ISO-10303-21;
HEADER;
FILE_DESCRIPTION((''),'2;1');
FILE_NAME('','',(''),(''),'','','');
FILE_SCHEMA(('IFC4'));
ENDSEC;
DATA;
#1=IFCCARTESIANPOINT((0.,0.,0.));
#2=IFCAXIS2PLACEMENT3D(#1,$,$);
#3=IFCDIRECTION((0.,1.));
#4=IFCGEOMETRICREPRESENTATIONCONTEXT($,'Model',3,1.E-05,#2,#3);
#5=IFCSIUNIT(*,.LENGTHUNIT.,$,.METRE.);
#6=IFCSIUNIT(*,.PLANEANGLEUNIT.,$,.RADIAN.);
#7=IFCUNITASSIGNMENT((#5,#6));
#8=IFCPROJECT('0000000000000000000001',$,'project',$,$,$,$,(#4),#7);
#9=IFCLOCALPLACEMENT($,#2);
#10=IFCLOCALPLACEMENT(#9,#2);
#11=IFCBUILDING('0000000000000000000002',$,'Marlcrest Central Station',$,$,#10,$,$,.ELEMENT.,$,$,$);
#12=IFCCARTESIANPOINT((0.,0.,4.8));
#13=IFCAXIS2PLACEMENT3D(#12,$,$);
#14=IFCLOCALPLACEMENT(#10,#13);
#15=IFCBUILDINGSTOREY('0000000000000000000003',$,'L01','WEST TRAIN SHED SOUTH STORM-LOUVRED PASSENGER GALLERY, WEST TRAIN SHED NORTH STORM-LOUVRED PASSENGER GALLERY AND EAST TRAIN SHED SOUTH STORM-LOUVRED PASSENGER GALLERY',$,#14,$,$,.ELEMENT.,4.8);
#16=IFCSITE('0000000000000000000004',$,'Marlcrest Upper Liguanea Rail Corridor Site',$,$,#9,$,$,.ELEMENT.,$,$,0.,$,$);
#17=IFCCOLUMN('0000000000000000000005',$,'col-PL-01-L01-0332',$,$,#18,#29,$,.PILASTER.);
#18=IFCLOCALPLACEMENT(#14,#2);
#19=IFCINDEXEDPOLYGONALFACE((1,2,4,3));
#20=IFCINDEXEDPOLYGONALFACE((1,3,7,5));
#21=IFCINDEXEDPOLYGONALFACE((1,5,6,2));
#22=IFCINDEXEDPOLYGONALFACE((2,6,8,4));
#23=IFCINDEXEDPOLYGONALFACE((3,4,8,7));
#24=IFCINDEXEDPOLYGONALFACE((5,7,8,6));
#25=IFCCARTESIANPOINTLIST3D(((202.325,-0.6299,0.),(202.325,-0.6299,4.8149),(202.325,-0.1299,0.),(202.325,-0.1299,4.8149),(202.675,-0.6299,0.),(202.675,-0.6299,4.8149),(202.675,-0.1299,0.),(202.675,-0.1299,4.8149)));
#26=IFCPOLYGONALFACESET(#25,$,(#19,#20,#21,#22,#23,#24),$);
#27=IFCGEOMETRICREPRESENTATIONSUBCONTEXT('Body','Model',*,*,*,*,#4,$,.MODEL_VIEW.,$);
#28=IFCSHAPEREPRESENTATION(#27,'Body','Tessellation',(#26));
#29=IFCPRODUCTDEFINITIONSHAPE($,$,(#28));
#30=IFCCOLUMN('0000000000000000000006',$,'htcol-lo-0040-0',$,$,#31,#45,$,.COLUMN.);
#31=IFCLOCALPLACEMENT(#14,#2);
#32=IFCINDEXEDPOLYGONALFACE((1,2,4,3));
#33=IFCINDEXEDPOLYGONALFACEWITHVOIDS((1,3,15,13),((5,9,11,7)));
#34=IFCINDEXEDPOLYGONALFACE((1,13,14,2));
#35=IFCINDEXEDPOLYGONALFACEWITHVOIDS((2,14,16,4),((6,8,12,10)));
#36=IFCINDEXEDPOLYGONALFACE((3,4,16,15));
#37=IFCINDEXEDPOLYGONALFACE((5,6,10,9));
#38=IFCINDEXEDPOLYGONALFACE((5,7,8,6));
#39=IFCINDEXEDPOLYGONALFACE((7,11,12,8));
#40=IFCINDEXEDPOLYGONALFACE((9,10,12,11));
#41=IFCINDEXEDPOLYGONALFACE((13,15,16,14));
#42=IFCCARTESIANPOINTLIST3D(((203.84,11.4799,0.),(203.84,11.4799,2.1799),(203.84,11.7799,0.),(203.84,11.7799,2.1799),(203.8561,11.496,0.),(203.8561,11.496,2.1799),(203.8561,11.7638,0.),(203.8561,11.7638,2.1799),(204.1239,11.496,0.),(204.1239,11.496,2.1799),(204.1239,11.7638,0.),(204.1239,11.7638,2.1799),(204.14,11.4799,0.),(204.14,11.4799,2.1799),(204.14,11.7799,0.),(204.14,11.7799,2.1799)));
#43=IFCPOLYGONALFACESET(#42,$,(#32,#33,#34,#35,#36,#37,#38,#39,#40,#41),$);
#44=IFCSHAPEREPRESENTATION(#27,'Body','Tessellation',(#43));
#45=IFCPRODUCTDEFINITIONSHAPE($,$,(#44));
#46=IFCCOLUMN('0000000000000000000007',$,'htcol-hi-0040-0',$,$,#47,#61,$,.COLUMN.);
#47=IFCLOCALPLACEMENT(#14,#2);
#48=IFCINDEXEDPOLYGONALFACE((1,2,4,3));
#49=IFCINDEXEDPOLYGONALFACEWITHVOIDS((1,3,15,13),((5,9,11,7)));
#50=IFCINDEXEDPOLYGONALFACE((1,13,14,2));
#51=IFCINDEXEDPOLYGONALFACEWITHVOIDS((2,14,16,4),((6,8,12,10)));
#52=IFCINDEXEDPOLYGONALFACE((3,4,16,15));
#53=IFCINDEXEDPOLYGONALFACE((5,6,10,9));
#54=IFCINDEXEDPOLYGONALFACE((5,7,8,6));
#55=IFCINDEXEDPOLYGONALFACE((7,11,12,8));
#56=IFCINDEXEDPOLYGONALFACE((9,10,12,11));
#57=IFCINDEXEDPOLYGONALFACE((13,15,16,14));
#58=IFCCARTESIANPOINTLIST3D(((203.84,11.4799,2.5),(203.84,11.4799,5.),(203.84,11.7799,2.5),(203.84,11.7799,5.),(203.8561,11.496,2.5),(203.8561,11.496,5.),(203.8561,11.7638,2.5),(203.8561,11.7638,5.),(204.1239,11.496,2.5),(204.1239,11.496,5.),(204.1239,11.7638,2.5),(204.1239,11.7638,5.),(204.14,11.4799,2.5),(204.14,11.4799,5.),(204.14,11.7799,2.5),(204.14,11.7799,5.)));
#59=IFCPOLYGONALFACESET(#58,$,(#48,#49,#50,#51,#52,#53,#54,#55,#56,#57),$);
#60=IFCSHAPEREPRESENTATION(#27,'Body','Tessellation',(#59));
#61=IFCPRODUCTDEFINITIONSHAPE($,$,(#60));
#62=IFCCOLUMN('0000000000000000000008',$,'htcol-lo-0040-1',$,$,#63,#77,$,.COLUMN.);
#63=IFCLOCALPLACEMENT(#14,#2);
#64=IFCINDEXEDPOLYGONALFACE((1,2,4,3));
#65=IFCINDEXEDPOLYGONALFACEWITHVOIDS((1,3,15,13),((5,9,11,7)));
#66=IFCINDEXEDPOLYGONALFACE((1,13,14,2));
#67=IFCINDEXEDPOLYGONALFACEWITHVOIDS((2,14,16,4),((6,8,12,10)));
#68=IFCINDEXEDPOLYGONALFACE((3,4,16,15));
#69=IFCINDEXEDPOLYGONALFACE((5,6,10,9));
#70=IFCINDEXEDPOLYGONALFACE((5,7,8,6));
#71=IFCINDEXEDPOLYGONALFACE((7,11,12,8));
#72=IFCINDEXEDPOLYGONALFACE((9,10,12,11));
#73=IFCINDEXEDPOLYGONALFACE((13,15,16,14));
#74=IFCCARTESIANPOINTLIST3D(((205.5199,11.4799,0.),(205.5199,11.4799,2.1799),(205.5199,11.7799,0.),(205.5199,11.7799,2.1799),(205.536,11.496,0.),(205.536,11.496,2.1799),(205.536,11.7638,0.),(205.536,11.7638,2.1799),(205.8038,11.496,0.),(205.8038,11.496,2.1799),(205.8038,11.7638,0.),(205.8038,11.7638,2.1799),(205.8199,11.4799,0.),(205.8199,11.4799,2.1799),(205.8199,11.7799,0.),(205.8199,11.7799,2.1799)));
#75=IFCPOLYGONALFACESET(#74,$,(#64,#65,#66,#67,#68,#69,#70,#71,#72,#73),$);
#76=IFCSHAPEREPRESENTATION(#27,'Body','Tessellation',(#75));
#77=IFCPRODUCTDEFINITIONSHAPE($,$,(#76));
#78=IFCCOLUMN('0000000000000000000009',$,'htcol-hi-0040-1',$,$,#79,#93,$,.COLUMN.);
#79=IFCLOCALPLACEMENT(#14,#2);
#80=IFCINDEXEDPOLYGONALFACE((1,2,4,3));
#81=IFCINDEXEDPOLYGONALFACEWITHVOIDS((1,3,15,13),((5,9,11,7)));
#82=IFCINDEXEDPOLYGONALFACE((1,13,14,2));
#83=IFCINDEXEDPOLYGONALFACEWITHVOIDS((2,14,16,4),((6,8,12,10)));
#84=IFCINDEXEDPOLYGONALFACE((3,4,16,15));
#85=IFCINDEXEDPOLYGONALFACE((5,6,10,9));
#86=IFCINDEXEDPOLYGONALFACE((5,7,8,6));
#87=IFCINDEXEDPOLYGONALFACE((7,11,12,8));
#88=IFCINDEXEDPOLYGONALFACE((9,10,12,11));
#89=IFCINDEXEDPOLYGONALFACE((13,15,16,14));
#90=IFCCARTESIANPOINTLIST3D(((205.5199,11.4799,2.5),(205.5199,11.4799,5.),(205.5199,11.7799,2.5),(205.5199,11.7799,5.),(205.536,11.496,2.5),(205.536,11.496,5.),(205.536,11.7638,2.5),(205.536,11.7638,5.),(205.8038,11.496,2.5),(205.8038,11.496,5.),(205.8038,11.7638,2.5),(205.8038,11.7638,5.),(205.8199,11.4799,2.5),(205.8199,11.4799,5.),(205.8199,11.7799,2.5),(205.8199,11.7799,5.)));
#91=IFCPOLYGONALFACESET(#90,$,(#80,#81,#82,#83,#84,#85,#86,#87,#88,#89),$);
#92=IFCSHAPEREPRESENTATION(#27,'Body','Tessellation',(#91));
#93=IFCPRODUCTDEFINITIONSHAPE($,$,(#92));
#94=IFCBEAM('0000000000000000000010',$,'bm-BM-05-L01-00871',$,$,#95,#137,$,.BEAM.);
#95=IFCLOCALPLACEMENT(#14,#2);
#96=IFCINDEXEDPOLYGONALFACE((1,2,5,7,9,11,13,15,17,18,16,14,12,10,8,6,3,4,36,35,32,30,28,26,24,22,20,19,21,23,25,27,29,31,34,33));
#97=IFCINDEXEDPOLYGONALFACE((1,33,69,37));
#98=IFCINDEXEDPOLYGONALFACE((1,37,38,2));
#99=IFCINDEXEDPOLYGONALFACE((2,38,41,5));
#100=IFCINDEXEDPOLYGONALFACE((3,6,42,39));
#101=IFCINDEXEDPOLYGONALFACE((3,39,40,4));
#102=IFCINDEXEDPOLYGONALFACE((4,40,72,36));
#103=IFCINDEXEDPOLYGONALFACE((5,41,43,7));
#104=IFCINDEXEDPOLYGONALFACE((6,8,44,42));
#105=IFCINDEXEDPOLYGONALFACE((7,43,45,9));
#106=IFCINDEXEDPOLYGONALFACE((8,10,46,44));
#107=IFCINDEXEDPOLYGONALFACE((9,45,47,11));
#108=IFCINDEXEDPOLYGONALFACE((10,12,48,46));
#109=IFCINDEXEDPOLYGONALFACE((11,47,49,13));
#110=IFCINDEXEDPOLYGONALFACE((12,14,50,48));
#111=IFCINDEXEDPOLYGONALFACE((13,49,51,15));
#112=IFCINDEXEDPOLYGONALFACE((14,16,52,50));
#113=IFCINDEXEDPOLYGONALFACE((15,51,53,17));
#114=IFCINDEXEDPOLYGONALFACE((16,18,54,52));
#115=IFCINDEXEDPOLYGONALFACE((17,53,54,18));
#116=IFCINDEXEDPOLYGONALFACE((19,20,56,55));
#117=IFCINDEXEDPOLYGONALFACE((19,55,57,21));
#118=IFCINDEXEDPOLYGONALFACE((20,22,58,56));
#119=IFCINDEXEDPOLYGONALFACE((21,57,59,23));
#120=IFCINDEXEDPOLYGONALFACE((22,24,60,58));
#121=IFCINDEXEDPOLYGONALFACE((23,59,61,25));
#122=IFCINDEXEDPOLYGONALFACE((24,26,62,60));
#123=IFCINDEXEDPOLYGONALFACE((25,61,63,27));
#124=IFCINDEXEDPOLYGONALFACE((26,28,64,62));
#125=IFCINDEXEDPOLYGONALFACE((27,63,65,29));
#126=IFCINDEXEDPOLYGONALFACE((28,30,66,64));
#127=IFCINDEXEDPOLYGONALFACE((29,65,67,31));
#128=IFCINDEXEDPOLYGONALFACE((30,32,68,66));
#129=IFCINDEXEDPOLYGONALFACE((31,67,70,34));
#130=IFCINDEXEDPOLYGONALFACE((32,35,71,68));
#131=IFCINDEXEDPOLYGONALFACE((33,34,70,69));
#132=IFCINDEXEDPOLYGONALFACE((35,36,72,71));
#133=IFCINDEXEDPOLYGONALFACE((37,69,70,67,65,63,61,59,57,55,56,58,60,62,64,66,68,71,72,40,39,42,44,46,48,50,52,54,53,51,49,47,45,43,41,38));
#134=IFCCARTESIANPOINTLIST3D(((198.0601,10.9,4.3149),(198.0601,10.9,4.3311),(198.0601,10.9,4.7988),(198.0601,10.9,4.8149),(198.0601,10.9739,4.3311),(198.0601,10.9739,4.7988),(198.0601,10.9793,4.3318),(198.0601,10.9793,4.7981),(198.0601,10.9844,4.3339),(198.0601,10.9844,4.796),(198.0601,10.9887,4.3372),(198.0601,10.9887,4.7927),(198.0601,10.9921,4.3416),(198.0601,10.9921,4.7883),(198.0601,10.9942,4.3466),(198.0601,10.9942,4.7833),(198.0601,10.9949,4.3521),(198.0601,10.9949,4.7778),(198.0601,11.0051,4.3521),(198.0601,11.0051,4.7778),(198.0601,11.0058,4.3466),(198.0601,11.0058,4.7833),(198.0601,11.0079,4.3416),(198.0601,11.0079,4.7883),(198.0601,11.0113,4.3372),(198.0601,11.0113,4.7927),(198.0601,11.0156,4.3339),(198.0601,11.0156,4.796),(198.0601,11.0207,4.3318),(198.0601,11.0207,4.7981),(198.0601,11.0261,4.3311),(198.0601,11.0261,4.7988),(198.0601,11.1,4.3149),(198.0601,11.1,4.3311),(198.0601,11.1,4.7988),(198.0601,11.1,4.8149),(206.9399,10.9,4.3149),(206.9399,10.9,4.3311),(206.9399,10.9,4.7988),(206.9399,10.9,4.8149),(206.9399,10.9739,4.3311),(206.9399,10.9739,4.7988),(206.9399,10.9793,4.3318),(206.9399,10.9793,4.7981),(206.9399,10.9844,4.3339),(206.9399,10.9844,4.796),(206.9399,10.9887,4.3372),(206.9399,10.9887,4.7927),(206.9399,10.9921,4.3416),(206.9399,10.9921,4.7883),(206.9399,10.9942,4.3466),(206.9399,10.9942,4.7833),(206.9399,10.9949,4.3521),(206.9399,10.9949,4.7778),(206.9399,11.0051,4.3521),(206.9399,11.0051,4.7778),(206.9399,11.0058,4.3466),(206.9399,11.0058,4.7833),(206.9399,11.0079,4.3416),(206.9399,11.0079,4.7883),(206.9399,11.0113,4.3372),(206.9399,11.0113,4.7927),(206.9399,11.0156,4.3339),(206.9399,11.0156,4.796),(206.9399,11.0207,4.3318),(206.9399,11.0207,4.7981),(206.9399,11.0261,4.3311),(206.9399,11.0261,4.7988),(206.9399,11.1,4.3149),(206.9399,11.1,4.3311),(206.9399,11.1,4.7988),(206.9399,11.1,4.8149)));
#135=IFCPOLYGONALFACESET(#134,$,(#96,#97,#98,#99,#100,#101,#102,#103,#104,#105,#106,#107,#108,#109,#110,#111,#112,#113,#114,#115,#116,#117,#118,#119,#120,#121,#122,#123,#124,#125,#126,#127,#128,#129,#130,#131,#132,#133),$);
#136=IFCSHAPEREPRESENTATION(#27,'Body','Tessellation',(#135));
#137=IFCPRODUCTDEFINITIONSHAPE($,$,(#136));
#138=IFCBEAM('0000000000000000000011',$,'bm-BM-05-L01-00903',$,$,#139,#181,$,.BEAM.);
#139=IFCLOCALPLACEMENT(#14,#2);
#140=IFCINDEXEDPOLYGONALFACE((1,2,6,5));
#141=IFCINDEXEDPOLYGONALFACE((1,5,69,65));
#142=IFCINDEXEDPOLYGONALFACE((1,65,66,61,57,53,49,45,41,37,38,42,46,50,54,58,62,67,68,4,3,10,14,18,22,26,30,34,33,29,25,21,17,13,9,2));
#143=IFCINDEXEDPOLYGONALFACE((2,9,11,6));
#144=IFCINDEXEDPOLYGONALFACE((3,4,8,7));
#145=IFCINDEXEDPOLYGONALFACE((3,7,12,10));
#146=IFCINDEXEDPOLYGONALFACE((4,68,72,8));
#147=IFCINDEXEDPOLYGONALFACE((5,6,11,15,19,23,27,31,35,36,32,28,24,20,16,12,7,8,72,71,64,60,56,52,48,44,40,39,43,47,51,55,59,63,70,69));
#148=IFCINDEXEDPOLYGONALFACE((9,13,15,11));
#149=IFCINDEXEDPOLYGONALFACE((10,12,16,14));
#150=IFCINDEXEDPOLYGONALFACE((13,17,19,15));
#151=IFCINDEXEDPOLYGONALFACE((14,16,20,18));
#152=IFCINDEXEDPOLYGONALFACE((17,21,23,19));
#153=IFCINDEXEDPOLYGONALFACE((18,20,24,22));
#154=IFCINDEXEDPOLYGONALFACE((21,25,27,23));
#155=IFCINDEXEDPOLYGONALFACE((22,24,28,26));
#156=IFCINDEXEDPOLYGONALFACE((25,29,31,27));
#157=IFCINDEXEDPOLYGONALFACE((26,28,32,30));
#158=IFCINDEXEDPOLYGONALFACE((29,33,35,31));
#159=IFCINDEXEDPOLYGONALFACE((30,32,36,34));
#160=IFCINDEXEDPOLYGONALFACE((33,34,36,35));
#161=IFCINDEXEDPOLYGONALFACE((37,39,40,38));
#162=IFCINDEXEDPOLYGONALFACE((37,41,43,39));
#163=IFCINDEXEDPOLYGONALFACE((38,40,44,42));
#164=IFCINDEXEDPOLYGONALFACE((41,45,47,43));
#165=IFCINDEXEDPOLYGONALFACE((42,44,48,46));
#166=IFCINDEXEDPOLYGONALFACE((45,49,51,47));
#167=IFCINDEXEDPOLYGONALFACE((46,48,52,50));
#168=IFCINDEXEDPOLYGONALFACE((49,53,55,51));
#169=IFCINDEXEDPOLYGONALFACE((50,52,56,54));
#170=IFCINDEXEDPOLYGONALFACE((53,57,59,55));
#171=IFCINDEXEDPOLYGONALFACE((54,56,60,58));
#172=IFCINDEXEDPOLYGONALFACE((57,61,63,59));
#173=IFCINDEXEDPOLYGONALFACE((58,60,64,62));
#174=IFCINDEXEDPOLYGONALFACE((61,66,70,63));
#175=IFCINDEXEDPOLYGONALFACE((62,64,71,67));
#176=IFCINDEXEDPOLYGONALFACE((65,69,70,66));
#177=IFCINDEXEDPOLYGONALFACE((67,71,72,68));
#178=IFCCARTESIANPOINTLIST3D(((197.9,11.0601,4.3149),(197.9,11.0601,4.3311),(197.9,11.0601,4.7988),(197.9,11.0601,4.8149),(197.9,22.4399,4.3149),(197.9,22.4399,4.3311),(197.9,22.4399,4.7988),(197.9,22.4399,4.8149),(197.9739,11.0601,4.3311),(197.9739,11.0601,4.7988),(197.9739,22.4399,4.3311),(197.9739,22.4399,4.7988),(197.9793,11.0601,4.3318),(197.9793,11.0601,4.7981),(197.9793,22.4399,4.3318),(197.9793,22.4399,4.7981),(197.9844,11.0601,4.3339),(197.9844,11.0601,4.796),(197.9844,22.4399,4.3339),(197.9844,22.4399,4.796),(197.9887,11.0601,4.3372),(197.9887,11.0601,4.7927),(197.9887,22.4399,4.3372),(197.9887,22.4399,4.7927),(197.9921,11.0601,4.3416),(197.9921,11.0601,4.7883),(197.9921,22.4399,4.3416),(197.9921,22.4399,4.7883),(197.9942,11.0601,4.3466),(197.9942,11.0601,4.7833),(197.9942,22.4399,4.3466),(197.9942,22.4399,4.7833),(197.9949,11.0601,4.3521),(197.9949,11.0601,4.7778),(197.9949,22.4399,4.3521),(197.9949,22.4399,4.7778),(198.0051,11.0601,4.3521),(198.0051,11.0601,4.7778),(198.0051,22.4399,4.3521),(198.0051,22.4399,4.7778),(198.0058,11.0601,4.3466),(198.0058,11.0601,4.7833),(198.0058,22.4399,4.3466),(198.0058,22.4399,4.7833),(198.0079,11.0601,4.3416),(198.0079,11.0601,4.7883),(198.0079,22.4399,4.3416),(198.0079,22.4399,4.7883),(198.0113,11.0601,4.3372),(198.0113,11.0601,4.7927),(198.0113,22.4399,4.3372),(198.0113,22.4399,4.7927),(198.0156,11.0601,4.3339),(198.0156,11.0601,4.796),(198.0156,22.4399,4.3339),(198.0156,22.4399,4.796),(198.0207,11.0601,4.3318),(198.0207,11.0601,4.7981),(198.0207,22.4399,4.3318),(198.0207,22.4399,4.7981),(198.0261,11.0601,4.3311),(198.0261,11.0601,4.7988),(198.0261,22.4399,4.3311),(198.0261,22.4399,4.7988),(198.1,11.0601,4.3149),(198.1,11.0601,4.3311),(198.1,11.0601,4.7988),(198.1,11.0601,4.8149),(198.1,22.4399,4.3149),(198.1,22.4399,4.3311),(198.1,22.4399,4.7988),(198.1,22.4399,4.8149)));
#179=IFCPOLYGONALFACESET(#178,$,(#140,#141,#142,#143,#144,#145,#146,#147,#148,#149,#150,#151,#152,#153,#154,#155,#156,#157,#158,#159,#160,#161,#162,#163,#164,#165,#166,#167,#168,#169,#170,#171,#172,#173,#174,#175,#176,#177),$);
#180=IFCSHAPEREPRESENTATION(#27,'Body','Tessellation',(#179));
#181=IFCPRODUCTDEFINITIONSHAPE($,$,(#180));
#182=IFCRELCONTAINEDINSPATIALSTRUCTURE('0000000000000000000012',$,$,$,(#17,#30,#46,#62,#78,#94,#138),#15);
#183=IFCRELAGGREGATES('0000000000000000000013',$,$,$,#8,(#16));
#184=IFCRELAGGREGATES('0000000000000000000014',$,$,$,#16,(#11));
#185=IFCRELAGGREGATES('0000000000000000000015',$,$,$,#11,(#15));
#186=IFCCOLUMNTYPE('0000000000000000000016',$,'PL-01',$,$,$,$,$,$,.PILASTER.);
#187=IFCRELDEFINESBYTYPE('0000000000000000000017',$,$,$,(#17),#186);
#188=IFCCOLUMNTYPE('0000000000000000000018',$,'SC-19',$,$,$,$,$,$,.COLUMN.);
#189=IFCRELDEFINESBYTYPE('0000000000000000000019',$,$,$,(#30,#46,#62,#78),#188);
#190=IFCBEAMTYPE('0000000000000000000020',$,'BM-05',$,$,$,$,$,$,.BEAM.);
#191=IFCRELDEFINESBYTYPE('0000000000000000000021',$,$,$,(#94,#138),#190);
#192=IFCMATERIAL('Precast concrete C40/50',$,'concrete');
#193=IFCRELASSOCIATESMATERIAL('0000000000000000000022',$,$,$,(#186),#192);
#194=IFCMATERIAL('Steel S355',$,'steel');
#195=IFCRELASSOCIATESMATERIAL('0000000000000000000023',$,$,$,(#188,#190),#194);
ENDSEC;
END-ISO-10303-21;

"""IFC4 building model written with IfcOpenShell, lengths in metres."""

from ifc_helpers import new_model, si_unit, direction, frame, origin, origin_2d, place, context, subcontext, project, spatial, rectangle, hollow_rectangle, i_section, extrude, material, material_profile, profile_set, type_object, element, save


model = new_model("IFC4")

# Units and contexts
model_context = context("Model", 3, precision=1e-05, world=origin(), true_north=direction((0.0, 1.0)))
body_context = subcontext(model_context, "Body", "Model", "MODEL_VIEW")
ifc_project = project(units=[si_unit("LENGTHUNIT", "METRE"), si_unit("PLANEANGLEUNIT", "RADIAN")], contexts=[model_context])

# Site, building, storey
site_placement = place(None, origin())
site = spatial("IfcSite", under=ifc_project, at=site_placement, Name="Marlcrest Upper Liguanea Rail Corridor Site", CompositionType="ELEMENT", RefElevation=0.0)
building_placement = place(site_placement, origin())
building = spatial("IfcBuilding", under=site, at=building_placement, Name="Marlcrest Central Station", CompositionType="ELEMENT")
storey_placement = place(building_placement, frame((0.0, 0.0, 4.8)))
storey = spatial("IfcBuildingStorey", under=building, at=storey_placement, Name="L01", Description="WEST TRAIN SHED SOUTH STORM-LOUVRED PASSENGER GALLERY, WEST TRAIN SHED NORTH STORM-LOUVRED PASSENGER GALLERY AND EAST TRAIN SHED SOUTH STORM-LOUVRED PASSENGER GALLERY", CompositionType="ELEMENT", Elevation=4.8)

# Columns
ifc_material_1 = material(Name="Precast concrete C40/50", Category="concrete")
ifc_material_profile_1 = material_profile(ifc_material_1, rectangle(XDim=0.3501, YDim=0.5, at=origin_2d()), Name="PIL 350x500")
ifc_profile_set_1 = profile_set([ifc_material_profile_1], Name="Precast concrete C40/50")
column_type_1 = type_object("IfcColumnType", Name="PL-01", PredefinedType="PILASTER", material=ifc_profile_set_1)
column_1_placement = place(storey_placement, frame((202.5, -0.3799, 0.0), z_axis=(0.0, 0.0, 1.0), x_axis=(1.0, 0.0, 0.0)))
element("IfcColumn", 1, at=column_1_placement, inside=storey, type_object=column_type_1, Name="col-PL-01-L01-0332", PredefinedType="PILASTER", context=body_context, shape_type="SweptSolid", body=[
    extrude(rectangle(XDim=0.3501, YDim=0.5, at=origin_2d()), origin(), (0.0, 0.0, 1.0), 4.8149),
])
ifc_material_2 = material(Name="Steel S355", Category="steel")
ifc_material_profile_2 = material_profile(ifc_material_2, hollow_rectangle(XDim=0.3, YDim=0.3, WallThickness=0.0161, at=origin_2d()), Name="SHS 300x300x16")
ifc_profile_set_2 = profile_set([ifc_material_profile_2], Name="Steel S355")
column_type_2 = type_object("IfcColumnType", Name="SC-19", PredefinedType="COLUMN", material=ifc_profile_set_2)
column_2_placement = place(storey_placement, frame((203.99, 11.6299, 0.0), z_axis=(0.0, 0.0, 1.0), x_axis=(1.0, 0.0, 0.0)))
element("IfcColumn", 2, at=column_2_placement, inside=storey, type_object=column_type_2, Name="htcol-lo-0040-0", PredefinedType="COLUMN", context=body_context, shape_type="SweptSolid", body=[
    extrude(hollow_rectangle(XDim=0.3, YDim=0.3, WallThickness=0.0161, at=origin_2d()), origin(), (0.0, 0.0, 1.0), 2.1799),
])
column_3_placement = place(storey_placement, frame((203.99, 11.6299, 2.5), z_axis=(0.0, 0.0, 1.0), x_axis=(1.0, 0.0, 0.0)))
element("IfcColumn", 3, at=column_3_placement, inside=storey, type_object=column_type_2, Name="htcol-hi-0040-0", PredefinedType="COLUMN", context=body_context, shape_type="SweptSolid", body=[
    extrude(hollow_rectangle(XDim=0.3, YDim=0.3, WallThickness=0.0161, at=origin_2d()), origin(), (0.0, 0.0, 1.0), 2.5),
])
column_4_placement = place(storey_placement, frame((205.6699, 11.6299, 0.0), z_axis=(0.0, 0.0, 1.0), x_axis=(1.0, 0.0, 0.0)))
element("IfcColumn", 4, at=column_4_placement, inside=storey, type_object=column_type_2, Name="htcol-lo-0040-1", PredefinedType="COLUMN", context=body_context, shape_type="SweptSolid", body=[
    extrude(hollow_rectangle(XDim=0.3, YDim=0.3, WallThickness=0.0161, at=origin_2d()), origin(), (0.0, 0.0, 1.0), 2.1799),
])
column_5_placement = place(storey_placement, frame((205.6699, 11.6299, 2.5), z_axis=(0.0, 0.0, 1.0), x_axis=(1.0, 0.0, 0.0)))
element("IfcColumn", 5, at=column_5_placement, inside=storey, type_object=column_type_2, Name="htcol-hi-0040-1", PredefinedType="COLUMN", context=body_context, shape_type="SweptSolid", body=[
    extrude(hollow_rectangle(XDim=0.3, YDim=0.3, WallThickness=0.0161, at=origin_2d()), origin(), (0.0, 0.0, 1.0), 2.5),
])

# Beams
ifc_material_profile_3 = material_profile(ifc_material_2, i_section(OverallWidth=0.2, OverallDepth=0.5, WebThickness=0.0103, FlangeThickness=0.0161, FilletRadius=0.021, at=origin_2d()), Name="IPE 500")
ifc_profile_set_3 = profile_set([ifc_material_profile_3], Name="Steel S355")
beam_type_1 = type_object("IfcBeamType", Name="BM-05", PredefinedType="BEAM", material=ifc_profile_set_3)
beam_1_placement = place(storey_placement, frame((198.0601, 11.0, 4.5649), z_axis=(1.0, 0.0, 0.0), x_axis=(0.0, 1.0, 0.0)))
element("IfcBeam", 6, at=beam_1_placement, inside=storey, type_object=beam_type_1, Name="bm-BM-05-L01-00871", PredefinedType="BEAM", context=body_context, shape_type="SweptSolid", body=[
    extrude(i_section(OverallWidth=0.2, OverallDepth=0.5, WebThickness=0.0103, FlangeThickness=0.0161, FilletRadius=0.021, at=origin_2d()), origin(), (0.0, 0.0, 1.0), 8.8799),
])
beam_2_placement = place(storey_placement, frame((198.0, 11.0601, 4.5649), z_axis=(0.0, 1.0, 0.0), x_axis=(-1.0, 0.0, 0.0)))
element("IfcBeam", 7, at=beam_2_placement, inside=storey, type_object=beam_type_1, Name="bm-BM-05-L01-00903", PredefinedType="BEAM", context=body_context, shape_type="SweptSolid", body=[
    extrude(i_section(OverallWidth=0.2, OverallDepth=0.5, WebThickness=0.0103, FlangeThickness=0.0161, FilletRadius=0.021, at=origin_2d()), origin(), (0.0, 0.0, 1.0), 11.3799),
])

save(model, "model.ifc")
